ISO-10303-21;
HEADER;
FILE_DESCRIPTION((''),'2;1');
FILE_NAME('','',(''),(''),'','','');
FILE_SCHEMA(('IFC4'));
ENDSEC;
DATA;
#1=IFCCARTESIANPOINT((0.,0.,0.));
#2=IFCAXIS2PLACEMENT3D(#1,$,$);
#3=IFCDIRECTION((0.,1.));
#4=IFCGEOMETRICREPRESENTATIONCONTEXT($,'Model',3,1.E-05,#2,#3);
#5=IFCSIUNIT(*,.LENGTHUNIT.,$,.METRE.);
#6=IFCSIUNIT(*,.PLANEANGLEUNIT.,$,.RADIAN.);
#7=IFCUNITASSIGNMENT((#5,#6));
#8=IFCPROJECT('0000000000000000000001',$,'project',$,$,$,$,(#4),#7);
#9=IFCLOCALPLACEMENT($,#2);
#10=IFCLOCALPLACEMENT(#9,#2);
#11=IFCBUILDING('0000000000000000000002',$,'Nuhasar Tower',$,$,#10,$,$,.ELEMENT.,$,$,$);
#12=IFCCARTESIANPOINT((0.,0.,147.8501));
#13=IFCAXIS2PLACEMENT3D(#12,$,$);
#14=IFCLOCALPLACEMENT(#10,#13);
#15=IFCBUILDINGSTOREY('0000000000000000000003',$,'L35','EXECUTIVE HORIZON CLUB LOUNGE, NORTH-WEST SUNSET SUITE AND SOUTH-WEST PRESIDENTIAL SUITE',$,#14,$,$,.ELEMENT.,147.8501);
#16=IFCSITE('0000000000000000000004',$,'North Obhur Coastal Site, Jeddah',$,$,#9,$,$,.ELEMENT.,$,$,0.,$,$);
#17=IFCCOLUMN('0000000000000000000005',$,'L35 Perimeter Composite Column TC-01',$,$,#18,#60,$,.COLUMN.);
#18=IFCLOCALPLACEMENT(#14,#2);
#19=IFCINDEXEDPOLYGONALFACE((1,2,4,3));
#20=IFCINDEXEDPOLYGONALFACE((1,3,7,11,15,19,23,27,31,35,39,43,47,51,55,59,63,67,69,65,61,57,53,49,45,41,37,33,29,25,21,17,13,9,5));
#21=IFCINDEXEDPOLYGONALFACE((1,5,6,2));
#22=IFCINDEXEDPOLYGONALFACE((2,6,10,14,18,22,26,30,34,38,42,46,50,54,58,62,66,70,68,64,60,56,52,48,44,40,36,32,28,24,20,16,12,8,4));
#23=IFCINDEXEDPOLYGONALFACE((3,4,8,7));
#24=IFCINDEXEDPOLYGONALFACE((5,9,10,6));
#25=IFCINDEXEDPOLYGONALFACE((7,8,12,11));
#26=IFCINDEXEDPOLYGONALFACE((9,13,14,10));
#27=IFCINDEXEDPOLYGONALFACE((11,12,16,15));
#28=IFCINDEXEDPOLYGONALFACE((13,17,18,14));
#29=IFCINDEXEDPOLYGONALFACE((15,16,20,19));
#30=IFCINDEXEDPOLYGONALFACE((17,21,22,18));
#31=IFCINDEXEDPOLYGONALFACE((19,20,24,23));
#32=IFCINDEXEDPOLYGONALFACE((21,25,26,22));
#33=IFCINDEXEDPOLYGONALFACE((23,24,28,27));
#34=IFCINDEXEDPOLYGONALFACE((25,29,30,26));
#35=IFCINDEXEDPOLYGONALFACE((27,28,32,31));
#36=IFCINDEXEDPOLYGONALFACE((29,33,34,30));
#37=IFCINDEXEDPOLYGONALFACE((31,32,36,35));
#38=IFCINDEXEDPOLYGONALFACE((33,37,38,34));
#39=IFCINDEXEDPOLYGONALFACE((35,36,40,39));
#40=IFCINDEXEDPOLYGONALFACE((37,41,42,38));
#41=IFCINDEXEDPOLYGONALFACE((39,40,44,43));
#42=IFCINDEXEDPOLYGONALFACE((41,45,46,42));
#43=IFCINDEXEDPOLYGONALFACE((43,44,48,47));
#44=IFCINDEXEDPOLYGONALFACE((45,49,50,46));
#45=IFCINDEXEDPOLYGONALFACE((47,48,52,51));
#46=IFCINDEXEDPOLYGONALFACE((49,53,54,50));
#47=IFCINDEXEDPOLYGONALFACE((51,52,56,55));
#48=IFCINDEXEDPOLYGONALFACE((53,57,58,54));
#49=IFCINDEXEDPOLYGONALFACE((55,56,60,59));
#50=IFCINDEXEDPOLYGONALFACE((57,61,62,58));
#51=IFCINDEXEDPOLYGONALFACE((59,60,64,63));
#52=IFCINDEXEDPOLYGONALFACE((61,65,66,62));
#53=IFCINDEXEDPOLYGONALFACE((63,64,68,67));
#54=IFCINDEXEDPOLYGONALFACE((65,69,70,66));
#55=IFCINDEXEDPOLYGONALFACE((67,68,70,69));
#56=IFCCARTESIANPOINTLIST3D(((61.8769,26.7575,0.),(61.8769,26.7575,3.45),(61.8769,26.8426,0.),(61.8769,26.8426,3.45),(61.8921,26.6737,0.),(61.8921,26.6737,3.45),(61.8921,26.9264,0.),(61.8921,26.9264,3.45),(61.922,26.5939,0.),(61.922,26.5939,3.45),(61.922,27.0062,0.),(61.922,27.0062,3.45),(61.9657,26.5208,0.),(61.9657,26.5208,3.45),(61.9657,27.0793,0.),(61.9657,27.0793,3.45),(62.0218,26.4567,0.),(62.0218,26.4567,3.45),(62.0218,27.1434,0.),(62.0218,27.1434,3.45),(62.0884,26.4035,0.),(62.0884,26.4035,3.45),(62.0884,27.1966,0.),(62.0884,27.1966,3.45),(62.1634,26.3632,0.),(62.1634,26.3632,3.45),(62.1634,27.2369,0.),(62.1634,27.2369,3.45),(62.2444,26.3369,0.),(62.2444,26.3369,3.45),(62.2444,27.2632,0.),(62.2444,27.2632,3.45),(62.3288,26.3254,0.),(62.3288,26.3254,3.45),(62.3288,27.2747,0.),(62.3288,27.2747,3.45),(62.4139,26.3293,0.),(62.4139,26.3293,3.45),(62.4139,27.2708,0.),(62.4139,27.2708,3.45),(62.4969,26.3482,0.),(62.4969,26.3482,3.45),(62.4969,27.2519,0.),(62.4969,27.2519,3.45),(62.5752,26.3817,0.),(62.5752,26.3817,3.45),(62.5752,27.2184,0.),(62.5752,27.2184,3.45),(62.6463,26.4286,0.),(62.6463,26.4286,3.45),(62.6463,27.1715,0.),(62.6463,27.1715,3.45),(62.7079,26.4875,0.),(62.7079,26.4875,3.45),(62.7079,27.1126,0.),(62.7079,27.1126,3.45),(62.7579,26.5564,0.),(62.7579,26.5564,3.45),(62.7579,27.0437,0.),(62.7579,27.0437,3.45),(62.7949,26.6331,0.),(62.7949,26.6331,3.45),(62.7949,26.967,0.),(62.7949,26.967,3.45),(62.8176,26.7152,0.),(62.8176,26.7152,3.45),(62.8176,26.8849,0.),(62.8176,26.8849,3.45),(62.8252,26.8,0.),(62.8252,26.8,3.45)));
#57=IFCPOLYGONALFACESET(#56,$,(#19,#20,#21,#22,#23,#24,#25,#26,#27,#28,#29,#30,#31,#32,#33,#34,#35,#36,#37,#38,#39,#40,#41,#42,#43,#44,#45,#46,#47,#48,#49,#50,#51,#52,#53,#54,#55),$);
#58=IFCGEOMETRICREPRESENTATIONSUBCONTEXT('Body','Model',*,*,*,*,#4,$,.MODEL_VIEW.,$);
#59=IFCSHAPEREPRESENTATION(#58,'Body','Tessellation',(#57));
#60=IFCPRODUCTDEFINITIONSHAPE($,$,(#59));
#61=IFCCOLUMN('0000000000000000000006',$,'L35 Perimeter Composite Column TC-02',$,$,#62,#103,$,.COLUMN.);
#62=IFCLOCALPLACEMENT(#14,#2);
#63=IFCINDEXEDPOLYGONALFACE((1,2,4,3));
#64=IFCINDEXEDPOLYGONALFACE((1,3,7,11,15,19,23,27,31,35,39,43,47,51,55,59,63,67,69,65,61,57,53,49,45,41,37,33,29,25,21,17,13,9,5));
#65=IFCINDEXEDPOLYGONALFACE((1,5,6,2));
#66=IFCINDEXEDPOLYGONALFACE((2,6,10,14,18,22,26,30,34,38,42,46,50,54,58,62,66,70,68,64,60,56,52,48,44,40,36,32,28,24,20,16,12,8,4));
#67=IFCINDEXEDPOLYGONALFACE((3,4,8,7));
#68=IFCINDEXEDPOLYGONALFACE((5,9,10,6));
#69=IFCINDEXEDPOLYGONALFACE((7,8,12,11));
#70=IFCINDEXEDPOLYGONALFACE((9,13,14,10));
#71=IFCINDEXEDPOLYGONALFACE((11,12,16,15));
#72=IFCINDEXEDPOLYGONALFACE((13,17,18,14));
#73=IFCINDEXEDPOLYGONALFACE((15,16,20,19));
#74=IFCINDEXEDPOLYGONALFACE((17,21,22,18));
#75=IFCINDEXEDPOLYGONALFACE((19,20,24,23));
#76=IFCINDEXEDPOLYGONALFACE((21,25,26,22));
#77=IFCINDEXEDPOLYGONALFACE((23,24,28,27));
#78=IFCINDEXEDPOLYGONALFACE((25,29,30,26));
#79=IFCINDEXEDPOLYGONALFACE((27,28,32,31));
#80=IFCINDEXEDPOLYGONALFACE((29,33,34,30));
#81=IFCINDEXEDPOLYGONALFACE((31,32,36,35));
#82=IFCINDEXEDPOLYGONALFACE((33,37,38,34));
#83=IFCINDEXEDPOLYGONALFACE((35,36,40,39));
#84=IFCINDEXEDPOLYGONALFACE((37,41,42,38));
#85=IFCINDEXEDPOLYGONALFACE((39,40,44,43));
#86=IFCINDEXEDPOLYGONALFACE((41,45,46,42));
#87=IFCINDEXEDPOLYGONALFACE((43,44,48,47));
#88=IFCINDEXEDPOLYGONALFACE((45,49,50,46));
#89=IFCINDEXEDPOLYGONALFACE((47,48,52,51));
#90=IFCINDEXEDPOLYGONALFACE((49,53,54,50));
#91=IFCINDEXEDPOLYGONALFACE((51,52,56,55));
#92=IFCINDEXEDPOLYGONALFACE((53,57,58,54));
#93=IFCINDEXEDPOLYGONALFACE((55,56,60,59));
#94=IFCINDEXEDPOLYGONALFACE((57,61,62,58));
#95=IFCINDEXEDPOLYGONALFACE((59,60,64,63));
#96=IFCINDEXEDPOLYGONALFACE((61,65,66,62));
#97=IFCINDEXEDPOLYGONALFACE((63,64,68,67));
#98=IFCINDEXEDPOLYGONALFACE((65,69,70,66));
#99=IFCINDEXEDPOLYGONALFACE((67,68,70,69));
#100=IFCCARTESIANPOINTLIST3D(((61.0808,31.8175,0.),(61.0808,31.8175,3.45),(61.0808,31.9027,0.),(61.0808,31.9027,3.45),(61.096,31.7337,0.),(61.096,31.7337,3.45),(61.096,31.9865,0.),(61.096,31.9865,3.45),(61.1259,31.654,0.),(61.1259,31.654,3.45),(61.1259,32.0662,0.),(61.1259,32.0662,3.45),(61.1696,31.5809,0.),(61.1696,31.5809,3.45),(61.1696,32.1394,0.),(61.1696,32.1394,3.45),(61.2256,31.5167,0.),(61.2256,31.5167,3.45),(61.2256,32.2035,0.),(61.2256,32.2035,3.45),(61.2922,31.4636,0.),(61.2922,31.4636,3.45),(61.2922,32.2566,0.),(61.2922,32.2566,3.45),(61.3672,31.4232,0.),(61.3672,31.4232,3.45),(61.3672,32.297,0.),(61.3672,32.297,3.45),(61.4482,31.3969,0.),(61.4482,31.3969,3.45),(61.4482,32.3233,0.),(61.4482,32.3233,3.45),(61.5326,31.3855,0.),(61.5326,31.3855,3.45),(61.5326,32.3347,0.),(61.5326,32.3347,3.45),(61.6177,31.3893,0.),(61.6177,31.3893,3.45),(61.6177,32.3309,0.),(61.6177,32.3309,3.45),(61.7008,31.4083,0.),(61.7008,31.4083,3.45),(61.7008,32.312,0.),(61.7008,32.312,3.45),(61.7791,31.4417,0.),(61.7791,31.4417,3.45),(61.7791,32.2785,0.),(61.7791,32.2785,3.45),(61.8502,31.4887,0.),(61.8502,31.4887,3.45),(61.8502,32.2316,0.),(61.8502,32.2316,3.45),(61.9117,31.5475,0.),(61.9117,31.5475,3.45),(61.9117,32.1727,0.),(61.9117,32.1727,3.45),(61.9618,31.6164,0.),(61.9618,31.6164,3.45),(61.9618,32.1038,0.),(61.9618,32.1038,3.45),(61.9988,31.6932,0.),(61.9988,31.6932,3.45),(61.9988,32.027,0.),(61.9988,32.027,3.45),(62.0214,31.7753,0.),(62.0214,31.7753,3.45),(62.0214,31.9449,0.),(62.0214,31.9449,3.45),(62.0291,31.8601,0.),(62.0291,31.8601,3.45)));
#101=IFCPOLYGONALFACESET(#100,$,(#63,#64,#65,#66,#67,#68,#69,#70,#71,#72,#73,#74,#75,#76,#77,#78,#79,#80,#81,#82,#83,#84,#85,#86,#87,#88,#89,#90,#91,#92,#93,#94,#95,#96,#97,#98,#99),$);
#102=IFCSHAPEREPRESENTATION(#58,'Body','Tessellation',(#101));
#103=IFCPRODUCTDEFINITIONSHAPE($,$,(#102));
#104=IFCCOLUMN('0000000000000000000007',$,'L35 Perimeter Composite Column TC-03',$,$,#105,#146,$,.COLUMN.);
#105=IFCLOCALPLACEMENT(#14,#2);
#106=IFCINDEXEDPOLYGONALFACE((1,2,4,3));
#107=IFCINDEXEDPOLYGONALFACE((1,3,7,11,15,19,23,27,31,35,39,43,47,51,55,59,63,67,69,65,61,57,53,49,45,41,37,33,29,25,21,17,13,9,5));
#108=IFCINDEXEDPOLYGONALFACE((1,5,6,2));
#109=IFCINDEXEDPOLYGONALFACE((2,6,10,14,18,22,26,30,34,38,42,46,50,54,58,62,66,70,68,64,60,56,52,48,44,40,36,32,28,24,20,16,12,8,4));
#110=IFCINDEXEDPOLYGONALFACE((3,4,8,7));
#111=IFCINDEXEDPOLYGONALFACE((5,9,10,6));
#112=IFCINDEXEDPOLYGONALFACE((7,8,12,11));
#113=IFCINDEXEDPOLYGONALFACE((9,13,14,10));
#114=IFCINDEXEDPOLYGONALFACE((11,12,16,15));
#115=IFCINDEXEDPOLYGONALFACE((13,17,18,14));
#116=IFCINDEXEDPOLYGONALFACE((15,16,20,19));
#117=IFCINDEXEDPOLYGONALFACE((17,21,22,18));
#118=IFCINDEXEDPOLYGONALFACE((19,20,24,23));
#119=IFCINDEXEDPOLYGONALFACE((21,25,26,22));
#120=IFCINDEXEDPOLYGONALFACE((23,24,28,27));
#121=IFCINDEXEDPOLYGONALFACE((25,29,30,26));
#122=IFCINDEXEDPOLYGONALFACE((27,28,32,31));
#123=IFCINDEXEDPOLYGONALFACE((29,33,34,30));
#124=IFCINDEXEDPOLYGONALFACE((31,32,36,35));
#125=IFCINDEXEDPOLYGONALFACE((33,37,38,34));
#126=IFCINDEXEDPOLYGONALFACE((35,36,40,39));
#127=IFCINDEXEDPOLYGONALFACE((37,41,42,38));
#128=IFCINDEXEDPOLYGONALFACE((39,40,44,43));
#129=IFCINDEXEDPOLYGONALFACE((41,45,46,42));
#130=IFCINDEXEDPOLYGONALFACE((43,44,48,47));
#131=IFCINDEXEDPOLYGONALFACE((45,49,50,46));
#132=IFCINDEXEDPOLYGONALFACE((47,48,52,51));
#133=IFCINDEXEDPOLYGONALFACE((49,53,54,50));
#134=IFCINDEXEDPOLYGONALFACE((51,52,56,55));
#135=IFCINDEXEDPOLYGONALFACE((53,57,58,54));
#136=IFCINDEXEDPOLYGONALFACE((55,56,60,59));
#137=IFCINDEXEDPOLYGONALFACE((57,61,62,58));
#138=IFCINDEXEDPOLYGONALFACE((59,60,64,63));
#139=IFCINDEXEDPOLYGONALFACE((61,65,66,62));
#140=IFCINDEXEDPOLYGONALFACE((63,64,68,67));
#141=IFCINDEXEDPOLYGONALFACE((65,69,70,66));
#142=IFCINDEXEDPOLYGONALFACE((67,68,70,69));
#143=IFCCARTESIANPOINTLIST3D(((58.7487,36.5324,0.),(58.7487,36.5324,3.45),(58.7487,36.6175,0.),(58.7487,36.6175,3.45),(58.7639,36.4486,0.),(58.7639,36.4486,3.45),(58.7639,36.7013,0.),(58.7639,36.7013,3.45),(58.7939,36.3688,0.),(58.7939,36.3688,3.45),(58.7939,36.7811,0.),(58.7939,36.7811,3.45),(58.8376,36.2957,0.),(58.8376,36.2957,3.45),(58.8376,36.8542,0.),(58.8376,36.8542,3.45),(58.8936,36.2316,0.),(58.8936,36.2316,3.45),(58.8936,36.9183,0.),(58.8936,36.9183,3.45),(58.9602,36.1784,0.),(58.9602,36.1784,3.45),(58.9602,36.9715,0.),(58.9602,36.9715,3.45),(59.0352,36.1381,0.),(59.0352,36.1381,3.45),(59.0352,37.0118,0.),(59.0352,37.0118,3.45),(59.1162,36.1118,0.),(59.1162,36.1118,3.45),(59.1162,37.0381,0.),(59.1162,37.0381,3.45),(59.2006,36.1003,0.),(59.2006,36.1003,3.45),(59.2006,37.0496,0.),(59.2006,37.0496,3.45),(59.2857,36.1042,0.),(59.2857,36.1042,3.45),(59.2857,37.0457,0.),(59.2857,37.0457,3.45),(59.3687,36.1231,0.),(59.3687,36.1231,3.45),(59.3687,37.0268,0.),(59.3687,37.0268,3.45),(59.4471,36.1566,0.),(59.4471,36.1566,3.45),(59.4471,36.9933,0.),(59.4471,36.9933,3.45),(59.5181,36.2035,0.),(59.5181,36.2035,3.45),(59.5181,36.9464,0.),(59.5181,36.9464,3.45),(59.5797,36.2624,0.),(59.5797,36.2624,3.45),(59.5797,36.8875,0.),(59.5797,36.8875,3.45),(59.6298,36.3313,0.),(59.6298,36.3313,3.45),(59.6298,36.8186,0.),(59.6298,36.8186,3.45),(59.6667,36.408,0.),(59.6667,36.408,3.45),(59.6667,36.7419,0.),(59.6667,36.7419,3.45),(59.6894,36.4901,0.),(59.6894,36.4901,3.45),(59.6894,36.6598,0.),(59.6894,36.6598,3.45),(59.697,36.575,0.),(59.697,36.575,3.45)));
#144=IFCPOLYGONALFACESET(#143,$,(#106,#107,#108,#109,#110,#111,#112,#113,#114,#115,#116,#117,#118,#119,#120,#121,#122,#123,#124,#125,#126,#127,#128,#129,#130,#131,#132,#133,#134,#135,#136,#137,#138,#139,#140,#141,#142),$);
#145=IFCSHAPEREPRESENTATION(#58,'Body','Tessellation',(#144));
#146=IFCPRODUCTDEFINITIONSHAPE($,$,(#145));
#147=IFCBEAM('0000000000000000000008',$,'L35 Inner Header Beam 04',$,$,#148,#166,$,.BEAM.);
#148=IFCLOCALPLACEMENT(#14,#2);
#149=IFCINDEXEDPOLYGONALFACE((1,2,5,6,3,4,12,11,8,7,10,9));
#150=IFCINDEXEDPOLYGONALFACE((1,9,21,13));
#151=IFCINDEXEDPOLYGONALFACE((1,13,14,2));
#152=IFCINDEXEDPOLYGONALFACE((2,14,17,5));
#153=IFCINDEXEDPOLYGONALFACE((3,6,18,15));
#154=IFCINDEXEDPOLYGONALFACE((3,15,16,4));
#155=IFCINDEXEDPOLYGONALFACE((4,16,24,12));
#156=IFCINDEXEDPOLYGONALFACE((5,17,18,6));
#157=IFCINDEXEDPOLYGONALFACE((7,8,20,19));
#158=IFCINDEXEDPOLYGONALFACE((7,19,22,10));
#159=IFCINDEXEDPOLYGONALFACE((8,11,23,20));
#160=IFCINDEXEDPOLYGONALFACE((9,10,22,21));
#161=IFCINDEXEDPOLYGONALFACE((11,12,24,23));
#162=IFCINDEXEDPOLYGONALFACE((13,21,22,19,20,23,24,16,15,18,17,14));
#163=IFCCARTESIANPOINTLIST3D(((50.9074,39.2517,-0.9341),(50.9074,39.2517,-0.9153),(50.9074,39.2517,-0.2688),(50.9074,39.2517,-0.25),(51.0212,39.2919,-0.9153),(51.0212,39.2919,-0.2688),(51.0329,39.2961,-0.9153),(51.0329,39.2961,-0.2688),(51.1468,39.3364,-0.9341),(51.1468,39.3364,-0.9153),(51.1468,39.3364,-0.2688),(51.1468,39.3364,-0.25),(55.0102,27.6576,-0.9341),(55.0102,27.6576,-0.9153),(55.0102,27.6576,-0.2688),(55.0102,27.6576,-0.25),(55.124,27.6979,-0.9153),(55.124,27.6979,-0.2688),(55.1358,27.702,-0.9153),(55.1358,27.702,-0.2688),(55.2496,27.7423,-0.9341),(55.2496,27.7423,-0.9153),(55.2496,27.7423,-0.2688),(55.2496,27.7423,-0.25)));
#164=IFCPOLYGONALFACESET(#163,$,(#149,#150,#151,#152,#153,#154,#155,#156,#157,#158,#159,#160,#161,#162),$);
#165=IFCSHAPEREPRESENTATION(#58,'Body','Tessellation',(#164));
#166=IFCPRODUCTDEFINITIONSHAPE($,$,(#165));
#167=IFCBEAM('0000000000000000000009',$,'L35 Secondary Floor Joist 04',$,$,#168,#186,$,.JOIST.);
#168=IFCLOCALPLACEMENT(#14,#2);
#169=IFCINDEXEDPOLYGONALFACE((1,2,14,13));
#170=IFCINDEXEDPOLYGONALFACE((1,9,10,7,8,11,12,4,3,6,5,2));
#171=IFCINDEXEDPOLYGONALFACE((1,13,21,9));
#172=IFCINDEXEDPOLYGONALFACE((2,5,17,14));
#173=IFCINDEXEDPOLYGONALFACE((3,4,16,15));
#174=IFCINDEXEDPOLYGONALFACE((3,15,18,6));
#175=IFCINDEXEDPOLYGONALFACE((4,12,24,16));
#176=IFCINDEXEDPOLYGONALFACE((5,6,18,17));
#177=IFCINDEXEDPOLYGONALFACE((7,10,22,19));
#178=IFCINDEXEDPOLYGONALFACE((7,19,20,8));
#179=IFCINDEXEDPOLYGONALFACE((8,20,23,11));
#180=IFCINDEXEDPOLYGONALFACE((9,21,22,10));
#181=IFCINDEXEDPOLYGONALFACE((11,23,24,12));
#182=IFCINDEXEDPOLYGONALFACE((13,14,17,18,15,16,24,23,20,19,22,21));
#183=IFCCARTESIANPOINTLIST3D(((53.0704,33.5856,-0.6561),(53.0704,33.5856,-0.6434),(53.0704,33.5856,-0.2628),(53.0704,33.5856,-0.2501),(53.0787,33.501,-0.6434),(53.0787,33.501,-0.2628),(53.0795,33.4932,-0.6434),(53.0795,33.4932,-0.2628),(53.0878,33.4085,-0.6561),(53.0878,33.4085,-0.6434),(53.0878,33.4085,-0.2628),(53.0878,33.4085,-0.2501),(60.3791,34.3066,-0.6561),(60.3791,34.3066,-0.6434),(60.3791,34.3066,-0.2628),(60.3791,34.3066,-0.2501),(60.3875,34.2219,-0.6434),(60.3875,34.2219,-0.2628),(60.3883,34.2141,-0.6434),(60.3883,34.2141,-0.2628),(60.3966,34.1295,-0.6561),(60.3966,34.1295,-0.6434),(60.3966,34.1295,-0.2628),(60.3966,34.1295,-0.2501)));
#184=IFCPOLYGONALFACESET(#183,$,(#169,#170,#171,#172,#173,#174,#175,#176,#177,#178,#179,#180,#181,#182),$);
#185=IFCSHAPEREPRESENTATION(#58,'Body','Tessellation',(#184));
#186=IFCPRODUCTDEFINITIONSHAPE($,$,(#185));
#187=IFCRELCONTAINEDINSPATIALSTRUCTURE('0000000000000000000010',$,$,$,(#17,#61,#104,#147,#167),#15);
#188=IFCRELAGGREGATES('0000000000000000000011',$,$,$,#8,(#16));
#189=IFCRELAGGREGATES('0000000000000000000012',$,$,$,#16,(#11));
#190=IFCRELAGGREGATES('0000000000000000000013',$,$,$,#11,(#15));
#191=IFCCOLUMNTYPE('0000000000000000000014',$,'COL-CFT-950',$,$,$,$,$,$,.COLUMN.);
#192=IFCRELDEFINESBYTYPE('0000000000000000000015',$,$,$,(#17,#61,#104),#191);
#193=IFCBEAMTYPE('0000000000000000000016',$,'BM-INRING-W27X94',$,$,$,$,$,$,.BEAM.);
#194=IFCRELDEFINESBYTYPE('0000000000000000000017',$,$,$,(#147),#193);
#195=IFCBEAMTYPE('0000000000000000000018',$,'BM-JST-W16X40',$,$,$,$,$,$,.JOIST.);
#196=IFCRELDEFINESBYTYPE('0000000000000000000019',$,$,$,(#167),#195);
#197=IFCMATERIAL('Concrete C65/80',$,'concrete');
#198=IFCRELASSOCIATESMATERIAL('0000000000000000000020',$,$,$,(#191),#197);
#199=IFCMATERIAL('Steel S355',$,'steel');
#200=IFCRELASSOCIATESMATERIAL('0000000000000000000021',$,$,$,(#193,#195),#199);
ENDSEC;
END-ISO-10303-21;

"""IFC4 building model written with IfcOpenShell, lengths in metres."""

from ifc_helpers import new_model, si_unit, direction, frame, origin, origin_2d, place, context, subcontext, project, spatial, circle, i_section, extrude, material, material_profile, profile_set, type_object, element, save


model = new_model("IFC4")

# Units and contexts
model_context = context("Model", 3, precision=1e-05, world=origin(), true_north=direction((0.0, 1.0)))
body_context = subcontext(model_context, "Body", "Model", "MODEL_VIEW")
ifc_project = project(units=[si_unit("LENGTHUNIT", "METRE"), si_unit("PLANEANGLEUNIT", "RADIAN")], contexts=[model_context])

# Site, building, storey
site_placement = place(None, origin())
site = spatial("IfcSite", under=ifc_project, at=site_placement, Name="North Obhur Coastal Site, Jeddah", CompositionType="ELEMENT", RefElevation=0.0)
building_placement = place(site_placement, origin())
building = spatial("IfcBuilding", under=site, at=building_placement, Name="Nuhasar Tower", CompositionType="ELEMENT")
storey_placement = place(building_placement, frame((0.0, 0.0, 147.8501)))
storey = spatial("IfcBuildingStorey", under=building, at=storey_placement, Name="L35", Description="EXECUTIVE HORIZON CLUB LOUNGE, NORTH-WEST SUNSET SUITE AND SOUTH-WEST PRESIDENTIAL SUITE", CompositionType="ELEMENT", Elevation=147.8501)

# Columns
ifc_material_1 = material(Name="Concrete C65/80", Category="concrete")
ifc_material_profile_1 = material_profile(ifc_material_1, circle(Radius=0.4751, at=origin_2d()), Name="CFT950")
ifc_profile_set_1 = profile_set([ifc_material_profile_1], Name="Concrete C65/80")
column_type = type_object("IfcColumnType", Name="COL-CFT-950", PredefinedType="COLUMN", material=ifc_profile_set_1)
for number, where, z_axis, x_axis, name in (
    (1, (62.3501, 26.8, 0.0), (0.0, 0.0, 1.0), (1.0, 0.0, 0.0), "L35 Perimeter Composite Column TC-01"),
    (2, (61.554, 31.8601, 0.0), (0.0, 0.0, 1.0), (1.0, 0.0, 0.0), "L35 Perimeter Composite Column TC-02"),
    (3, (59.2219, 36.575, 0.0), (0.0, 0.0, 1.0), (1.0, 0.0, 0.0), "L35 Perimeter Composite Column TC-03"),
):
    element("IfcColumn", number, at=place(storey_placement, frame(where, z_axis=z_axis, x_axis=x_axis)), inside=storey, type_object=column_type, Name=name, PredefinedType="COLUMN", context=body_context, shape_type="SweptSolid", body=[
        extrude(circle(Radius=0.4751, at=origin_2d()), origin(), (0.0, 0.0, 1.0), 3.45),
    ])

# Beams
ifc_material_2 = material(Name="Steel S355", Category="steel")
ifc_material_profile_2 = material_profile(ifc_material_2, i_section(OverallWidth=0.2539, OverallDepth=0.6841, WebThickness=0.0125, FlangeThickness=0.0188, at=origin_2d()), Name="W27X94")
ifc_profile_set_2 = profile_set([ifc_material_profile_2], Name="Steel S355")
beam_type_1 = type_object("IfcBeamType", Name="BM-INRING-W27X94", PredefinedType="BEAM", material=ifc_profile_set_2)
beam_1_placement = place(storey_placement, frame((55.1299, 27.7, -0.592), z_axis=(-0.3336, 0.942715, 0.0), x_axis=(-0.942715, -0.3336, 0.0)))
element("IfcBeam", 4, at=beam_1_placement, inside=storey, type_object=beam_type_1, Name="L35 Inner Header Beam 04", PredefinedType="BEAM", context=body_context, shape_type="SweptSolid", body=[
    extrude(i_section(OverallWidth=0.2539, OverallDepth=0.6841, WebThickness=0.0125, FlangeThickness=0.0188, at=origin_2d()), origin(), (0.0, 0.0, 1.0), 12.2986),
])
ifc_material_profile_3 = material_profile(ifc_material_2, i_section(OverallWidth=0.178, OverallDepth=0.406, WebThickness=0.0078, FlangeThickness=0.0127, at=origin_2d()), Name="W16X40")
ifc_profile_set_3 = profile_set([ifc_material_profile_3], Name="Steel S355")
beam_type_2 = type_object("IfcBeamType", Name="BM-JST-W16X40", PredefinedType="JOIST", material=ifc_profile_set_3)
beam_2_placement = place(storey_placement, frame((53.0791, 33.4971, -0.4531), z_axis=(0.99517, 0.098164, 0.0), x_axis=(-0.098164, 0.99517, 0.0)))
element("IfcBeam", 5, at=beam_2_placement, inside=storey, type_object=beam_type_2, Name="L35 Secondary Floor Joist 04", PredefinedType="JOIST", context=body_context, shape_type="SweptSolid", body=[
    extrude(i_section(OverallWidth=0.178, OverallDepth=0.406, WebThickness=0.0078, FlangeThickness=0.0127, at=origin_2d()), origin(), (0.0, 0.0, 1.0), 7.3442),
])

save(model, "model.ifc")
